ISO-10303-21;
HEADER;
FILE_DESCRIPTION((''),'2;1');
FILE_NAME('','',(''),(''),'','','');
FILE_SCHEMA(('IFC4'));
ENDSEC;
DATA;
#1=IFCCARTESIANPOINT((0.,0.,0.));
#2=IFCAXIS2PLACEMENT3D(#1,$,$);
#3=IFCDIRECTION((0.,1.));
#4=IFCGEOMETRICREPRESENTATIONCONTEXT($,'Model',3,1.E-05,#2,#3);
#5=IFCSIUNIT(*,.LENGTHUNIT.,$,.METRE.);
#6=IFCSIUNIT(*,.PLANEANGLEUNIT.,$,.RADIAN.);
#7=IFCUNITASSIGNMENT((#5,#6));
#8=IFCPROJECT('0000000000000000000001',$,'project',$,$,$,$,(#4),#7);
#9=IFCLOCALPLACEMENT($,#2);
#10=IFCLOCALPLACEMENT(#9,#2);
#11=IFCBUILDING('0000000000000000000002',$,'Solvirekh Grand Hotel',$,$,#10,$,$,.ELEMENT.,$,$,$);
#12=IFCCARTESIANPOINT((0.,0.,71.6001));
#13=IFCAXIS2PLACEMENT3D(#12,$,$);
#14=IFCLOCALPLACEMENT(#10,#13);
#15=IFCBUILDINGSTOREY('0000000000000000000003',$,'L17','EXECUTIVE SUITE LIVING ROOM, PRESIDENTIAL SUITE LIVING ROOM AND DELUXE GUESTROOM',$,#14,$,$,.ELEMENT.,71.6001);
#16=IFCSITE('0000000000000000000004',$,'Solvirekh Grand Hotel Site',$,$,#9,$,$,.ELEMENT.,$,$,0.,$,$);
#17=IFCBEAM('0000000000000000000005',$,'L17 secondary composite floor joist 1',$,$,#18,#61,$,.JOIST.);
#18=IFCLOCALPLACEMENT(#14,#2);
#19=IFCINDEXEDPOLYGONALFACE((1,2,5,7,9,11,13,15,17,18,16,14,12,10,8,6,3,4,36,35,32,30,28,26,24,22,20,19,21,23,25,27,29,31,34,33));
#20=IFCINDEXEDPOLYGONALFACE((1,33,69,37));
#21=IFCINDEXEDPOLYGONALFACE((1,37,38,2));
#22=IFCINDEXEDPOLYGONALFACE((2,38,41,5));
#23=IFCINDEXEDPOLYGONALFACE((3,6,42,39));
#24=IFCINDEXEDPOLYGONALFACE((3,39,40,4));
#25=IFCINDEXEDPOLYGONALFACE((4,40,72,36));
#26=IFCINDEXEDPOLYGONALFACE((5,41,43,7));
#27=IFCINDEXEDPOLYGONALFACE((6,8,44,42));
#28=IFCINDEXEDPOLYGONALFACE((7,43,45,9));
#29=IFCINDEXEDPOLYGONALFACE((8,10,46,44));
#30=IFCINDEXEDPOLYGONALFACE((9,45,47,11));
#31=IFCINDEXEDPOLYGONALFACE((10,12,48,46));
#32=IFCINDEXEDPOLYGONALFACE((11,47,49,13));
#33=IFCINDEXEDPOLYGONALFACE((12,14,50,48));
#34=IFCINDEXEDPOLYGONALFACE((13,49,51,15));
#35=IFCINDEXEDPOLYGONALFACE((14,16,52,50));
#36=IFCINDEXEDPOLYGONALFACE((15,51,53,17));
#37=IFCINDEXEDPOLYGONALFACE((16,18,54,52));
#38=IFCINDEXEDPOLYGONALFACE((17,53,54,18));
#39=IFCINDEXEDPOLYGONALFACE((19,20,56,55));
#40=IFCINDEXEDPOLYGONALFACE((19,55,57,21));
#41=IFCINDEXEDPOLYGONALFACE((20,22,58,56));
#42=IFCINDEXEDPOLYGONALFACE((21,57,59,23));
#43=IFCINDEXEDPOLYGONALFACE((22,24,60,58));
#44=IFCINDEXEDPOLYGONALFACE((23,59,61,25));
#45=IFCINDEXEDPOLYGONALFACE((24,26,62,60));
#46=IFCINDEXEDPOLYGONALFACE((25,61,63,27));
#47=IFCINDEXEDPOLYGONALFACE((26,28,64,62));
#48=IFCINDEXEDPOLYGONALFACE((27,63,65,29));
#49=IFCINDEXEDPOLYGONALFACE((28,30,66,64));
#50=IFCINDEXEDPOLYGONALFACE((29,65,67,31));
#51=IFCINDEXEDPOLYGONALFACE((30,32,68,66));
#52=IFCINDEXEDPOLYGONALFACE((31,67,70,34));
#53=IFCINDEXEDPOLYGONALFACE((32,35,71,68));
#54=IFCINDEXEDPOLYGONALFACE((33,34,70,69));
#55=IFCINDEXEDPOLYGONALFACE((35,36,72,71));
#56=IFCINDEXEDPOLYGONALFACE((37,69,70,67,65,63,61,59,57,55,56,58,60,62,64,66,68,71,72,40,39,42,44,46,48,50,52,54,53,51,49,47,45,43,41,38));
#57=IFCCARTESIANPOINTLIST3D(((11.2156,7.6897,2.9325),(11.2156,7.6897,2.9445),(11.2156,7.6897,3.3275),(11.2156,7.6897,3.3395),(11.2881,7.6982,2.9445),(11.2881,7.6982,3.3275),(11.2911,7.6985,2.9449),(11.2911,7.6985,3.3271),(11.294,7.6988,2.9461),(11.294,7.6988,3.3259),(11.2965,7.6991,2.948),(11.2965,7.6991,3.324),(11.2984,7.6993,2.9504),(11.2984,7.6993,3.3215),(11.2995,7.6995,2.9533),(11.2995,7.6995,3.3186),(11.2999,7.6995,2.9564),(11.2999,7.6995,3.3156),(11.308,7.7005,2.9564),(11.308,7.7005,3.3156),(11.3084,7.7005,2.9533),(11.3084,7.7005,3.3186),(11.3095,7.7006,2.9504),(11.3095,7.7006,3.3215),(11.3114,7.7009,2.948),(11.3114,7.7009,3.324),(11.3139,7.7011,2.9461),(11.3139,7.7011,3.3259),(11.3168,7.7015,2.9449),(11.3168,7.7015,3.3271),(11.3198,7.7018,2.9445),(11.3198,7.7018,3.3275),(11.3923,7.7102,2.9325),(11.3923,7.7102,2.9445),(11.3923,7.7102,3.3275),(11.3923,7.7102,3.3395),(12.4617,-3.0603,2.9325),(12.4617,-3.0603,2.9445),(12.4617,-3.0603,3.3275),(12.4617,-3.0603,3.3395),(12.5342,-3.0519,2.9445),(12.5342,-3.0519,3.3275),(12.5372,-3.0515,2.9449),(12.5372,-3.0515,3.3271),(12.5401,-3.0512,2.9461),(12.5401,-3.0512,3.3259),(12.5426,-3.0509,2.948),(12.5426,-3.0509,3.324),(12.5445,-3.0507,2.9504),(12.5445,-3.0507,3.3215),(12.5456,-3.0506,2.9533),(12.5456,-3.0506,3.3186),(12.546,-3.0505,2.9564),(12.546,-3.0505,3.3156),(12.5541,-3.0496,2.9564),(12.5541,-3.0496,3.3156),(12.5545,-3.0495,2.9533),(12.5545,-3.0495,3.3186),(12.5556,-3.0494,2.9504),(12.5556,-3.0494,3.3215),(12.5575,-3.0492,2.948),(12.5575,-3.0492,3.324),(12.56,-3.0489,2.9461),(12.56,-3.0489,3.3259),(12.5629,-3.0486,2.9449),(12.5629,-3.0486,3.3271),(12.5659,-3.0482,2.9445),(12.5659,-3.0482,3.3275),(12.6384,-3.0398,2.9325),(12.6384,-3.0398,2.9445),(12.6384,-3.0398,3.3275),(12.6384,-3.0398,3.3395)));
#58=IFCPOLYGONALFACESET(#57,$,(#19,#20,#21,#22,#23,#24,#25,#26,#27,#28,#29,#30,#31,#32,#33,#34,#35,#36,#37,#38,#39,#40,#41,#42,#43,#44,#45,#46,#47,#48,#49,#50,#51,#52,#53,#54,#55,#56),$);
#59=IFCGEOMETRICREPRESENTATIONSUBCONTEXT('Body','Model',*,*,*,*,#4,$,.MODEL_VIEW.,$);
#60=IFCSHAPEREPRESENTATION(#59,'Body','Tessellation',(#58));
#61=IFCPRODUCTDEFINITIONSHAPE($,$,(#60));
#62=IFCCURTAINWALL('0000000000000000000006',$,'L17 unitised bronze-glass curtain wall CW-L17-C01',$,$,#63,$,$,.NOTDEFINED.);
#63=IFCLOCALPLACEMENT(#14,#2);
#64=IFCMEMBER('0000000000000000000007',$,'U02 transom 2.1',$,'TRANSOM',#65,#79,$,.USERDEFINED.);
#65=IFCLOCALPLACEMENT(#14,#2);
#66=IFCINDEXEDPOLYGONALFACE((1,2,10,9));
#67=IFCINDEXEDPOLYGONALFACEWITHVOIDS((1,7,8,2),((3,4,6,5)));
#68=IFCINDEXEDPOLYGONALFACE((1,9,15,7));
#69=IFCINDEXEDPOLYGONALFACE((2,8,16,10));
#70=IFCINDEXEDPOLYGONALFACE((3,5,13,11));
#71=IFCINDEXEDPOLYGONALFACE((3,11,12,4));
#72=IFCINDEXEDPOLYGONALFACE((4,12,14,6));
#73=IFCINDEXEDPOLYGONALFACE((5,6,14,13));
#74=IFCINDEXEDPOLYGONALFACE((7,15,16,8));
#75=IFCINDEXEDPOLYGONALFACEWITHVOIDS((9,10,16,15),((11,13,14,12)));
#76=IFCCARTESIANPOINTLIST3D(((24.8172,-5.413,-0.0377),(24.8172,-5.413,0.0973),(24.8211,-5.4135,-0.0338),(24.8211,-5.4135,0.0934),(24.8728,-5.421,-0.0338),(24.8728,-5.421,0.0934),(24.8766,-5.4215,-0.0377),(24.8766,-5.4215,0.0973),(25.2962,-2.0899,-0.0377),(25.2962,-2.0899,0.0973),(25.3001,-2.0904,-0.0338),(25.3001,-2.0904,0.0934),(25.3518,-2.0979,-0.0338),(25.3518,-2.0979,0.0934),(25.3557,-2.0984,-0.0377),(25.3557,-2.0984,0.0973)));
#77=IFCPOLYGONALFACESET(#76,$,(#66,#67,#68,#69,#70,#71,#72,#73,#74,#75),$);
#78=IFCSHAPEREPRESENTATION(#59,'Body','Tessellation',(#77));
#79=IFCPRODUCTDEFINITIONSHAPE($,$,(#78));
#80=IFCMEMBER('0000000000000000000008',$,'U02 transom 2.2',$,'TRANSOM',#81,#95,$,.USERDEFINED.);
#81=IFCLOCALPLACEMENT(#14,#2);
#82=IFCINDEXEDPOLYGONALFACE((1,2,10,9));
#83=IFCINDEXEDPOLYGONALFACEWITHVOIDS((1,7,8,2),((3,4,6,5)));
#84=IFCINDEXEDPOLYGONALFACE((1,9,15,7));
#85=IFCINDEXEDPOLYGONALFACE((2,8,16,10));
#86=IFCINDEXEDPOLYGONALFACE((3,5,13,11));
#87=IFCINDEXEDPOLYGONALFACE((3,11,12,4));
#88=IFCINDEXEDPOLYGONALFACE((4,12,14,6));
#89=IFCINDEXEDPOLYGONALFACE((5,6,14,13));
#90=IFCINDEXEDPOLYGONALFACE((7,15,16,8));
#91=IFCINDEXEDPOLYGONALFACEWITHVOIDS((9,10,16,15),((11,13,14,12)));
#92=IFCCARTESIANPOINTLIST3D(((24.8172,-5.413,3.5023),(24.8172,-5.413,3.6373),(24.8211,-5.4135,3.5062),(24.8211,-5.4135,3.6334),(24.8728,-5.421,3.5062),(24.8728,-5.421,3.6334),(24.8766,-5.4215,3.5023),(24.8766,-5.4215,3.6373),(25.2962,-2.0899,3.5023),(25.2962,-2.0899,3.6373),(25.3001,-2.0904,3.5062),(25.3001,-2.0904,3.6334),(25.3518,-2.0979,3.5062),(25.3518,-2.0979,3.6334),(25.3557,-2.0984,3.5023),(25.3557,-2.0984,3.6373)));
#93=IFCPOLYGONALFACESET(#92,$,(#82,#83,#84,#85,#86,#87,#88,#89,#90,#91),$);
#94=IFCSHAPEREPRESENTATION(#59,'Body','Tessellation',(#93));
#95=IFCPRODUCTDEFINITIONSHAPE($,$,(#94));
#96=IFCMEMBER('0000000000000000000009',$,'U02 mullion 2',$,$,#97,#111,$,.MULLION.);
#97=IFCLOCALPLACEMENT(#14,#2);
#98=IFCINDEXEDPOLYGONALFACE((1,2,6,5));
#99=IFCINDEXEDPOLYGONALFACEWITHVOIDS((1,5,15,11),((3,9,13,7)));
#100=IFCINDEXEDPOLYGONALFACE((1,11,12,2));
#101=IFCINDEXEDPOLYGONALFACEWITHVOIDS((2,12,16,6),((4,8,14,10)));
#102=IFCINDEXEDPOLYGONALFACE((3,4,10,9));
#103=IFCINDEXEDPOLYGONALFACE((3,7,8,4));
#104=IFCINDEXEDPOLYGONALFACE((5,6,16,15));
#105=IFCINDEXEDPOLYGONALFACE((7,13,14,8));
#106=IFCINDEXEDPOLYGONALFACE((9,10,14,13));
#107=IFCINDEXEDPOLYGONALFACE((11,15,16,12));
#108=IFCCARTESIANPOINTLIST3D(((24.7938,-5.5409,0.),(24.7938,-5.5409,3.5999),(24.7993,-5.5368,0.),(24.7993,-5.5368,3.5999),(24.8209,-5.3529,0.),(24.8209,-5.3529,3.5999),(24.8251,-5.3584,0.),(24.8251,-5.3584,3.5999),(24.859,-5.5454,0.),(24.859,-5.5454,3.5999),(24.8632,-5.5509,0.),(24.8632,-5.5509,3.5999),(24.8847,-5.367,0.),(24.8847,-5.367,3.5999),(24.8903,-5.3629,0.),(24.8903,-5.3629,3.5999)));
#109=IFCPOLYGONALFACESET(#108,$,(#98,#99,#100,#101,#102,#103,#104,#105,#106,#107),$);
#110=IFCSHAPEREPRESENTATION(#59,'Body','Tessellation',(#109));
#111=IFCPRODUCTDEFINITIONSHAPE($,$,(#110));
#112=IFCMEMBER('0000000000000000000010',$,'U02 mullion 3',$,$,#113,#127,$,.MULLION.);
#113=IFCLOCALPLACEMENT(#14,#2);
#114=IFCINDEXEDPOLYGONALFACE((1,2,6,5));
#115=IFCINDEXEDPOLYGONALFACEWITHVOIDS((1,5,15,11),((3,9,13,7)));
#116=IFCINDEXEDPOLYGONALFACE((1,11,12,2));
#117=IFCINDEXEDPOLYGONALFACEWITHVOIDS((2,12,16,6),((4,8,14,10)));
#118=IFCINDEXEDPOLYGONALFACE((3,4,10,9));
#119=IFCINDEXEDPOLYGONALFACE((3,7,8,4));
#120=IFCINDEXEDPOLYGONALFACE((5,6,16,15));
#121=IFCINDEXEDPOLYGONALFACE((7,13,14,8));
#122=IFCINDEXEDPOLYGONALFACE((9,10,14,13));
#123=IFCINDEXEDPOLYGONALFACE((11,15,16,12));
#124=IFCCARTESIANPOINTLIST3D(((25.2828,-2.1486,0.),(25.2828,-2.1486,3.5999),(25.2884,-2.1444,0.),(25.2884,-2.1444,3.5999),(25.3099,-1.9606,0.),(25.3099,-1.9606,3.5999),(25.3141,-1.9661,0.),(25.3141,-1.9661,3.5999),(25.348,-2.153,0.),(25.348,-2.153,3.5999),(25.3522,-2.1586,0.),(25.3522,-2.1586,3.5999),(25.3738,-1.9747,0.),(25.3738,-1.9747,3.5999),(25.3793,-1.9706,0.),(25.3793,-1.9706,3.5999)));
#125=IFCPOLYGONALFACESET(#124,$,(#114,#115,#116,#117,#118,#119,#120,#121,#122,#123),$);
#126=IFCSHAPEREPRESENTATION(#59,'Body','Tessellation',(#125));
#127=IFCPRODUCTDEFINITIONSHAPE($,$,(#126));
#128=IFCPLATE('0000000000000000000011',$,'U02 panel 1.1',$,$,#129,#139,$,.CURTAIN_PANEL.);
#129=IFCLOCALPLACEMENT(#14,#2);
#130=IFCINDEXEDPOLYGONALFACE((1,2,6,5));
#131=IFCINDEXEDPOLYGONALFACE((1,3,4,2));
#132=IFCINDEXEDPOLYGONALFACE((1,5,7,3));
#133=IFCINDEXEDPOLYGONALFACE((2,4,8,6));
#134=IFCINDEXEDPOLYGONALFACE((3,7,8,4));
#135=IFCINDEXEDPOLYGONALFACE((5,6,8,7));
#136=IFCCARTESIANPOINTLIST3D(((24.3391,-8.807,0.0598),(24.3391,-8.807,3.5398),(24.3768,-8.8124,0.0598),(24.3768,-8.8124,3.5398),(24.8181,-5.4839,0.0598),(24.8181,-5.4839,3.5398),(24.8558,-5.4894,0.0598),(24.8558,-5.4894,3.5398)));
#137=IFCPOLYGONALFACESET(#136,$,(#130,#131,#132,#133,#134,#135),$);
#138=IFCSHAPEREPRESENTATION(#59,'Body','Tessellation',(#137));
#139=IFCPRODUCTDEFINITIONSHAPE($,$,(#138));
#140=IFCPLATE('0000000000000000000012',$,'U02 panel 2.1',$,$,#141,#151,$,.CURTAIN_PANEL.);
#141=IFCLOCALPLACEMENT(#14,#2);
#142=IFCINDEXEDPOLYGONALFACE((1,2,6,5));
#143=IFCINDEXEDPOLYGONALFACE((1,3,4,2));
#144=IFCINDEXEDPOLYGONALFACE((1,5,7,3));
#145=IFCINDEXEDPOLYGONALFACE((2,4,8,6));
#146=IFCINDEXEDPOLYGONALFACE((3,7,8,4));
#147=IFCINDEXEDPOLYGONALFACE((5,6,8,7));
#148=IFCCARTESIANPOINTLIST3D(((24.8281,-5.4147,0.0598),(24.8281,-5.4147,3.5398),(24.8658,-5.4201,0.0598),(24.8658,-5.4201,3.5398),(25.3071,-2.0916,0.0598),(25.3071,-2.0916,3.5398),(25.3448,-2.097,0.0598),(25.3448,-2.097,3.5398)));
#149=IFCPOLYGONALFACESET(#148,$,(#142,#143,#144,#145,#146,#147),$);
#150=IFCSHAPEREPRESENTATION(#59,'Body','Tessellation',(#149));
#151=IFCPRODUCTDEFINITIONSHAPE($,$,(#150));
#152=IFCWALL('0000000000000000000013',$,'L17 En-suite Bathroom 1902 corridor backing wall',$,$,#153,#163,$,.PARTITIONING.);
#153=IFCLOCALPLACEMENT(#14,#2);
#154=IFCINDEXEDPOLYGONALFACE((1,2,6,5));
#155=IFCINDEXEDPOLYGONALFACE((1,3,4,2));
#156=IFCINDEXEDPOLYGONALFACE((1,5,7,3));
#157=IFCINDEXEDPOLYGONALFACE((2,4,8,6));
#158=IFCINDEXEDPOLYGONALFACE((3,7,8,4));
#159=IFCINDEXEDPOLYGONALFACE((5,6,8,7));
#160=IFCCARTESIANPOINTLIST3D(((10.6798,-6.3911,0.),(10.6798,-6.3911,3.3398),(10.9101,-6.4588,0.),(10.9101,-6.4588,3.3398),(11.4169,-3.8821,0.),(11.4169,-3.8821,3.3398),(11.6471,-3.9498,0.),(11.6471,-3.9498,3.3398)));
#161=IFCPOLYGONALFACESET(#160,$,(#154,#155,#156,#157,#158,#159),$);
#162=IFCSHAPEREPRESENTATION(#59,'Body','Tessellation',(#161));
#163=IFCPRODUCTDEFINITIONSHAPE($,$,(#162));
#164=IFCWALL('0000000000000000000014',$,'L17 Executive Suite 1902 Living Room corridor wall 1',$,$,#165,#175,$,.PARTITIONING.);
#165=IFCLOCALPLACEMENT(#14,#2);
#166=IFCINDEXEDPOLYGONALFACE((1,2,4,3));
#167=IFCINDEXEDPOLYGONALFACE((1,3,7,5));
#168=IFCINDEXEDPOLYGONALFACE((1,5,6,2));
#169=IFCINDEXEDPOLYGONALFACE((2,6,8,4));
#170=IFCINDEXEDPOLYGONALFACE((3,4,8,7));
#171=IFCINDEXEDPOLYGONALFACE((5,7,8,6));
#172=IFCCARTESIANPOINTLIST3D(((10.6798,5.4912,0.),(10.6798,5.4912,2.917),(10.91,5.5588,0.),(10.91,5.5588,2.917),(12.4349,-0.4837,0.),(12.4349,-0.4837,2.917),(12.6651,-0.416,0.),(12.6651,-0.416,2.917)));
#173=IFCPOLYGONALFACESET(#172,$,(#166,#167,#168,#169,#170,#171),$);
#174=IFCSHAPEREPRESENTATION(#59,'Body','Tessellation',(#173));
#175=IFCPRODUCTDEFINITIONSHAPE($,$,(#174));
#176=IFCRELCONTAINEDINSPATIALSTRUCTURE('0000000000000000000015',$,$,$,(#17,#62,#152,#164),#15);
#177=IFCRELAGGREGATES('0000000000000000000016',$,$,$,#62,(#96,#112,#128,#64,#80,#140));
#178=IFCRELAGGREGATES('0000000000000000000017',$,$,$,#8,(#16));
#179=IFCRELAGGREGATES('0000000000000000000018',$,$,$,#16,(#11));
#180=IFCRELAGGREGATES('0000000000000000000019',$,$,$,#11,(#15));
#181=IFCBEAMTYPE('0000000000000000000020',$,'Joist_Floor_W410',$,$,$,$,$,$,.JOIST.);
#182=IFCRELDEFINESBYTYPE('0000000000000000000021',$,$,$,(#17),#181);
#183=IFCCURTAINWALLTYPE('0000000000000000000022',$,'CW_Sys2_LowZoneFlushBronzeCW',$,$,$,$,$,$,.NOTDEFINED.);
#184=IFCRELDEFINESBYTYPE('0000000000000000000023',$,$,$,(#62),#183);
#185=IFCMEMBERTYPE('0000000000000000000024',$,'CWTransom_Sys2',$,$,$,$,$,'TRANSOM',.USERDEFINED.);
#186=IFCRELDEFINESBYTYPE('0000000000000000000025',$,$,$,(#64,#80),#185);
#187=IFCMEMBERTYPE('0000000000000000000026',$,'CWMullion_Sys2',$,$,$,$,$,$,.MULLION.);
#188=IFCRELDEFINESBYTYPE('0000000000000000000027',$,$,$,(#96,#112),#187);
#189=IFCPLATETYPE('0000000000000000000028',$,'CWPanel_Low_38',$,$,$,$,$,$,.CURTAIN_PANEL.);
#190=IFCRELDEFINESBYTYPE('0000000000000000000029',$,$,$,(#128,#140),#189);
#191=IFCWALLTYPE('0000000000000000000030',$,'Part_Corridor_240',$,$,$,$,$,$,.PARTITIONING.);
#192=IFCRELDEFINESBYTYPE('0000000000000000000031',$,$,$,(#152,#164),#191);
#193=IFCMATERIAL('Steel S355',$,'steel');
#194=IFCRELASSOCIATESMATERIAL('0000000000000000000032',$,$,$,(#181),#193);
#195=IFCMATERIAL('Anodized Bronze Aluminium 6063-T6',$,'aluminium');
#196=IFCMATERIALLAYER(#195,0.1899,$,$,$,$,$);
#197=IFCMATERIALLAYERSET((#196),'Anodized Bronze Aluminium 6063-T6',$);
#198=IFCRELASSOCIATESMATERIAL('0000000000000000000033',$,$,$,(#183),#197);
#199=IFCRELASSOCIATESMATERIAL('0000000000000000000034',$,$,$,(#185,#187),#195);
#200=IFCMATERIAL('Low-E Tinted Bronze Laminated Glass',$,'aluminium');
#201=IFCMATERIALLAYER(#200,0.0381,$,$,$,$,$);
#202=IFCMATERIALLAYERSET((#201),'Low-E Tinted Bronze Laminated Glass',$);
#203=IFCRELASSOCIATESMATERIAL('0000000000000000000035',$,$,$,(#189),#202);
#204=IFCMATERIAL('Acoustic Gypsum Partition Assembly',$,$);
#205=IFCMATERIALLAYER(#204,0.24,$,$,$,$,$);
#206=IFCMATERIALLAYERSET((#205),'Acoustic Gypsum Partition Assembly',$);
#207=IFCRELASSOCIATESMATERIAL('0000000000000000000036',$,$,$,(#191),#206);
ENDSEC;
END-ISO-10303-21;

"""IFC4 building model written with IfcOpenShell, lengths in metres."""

from ifc_helpers import new_model, si_unit, direction, frame, frame_2d, origin, origin_2d, place, context, subcontext, project, spatial, rectangle, hollow_rectangle, i_section, extrude, source, transform, mapped, material, layer, layer_set, material_profile, profile_set, type_object, element, aggregate, save


model = new_model("IFC4")

# Units and contexts
model_context = context("Model", 3, precision=1e-05, world=origin(), true_north=direction((0.0, 1.0)))
body_context = subcontext(model_context, "Body", "Model", "MODEL_VIEW")
ifc_project = project(units=[si_unit("LENGTHUNIT", "METRE"), si_unit("PLANEANGLEUNIT", "RADIAN")], contexts=[model_context])

# Site, building, storey
site_placement = place(None, origin())
site = spatial("IfcSite", under=ifc_project, at=site_placement, Name="Solvirekh Grand Hotel Site", CompositionType="ELEMENT", RefElevation=0.0)
building_placement = place(site_placement, origin())
building = spatial("IfcBuilding", under=site, at=building_placement, Name="Solvirekh Grand Hotel", CompositionType="ELEMENT")
storey_placement = place(building_placement, frame((0.0, 0.0, 71.6001)))
storey = spatial("IfcBuildingStorey", under=building, at=storey_placement, Name="L17", Description="EXECUTIVE SUITE LIVING ROOM, PRESIDENTIAL SUITE LIVING ROOM AND DELUXE GUESTROOM", CompositionType="ELEMENT", Elevation=71.6001)

# Beam
ifc_material_1 = material(Name="Steel S355", Category="steel")
ifc_material_profile_1 = material_profile(ifc_material_1, i_section(OverallWidth=0.178, OverallDepth=0.407, WebThickness=0.0081, FlangeThickness=0.012, FilletRadius=0.012, at=origin_2d()), Name="W410X60")
ifc_profile_set_1 = profile_set([ifc_material_profile_1], Name="Steel S355")
beam_type = type_object("IfcBeamType", Name="Joist_Floor_W410", PredefinedType="JOIST", material=ifc_profile_set_1)
beam_placement = place(storey_placement, frame((12.55, -3.05, 3.136), z_axis=(-0.115145, 0.993349, 0.0), x_axis=(-0.993349, -0.115145, 0.0)))
element("IfcBeam", 1, at=beam_placement, inside=storey, type_object=beam_type, Name="L17 secondary composite floor joist 1", PredefinedType="JOIST", context=body_context, shape_type="SweptSolid", body=[
    extrude(i_section(OverallWidth=0.178, OverallDepth=0.407, WebThickness=0.0081, FlangeThickness=0.012, FilletRadius=0.012, at=origin_2d()), origin(), (0.0, 0.0, 1.0), 10.822),
])

# Curtain wall, members, plates
ifc_material_2 = material(Name="Anodized Bronze Aluminium 6063-T6", Category="aluminium")
ifc_layer_1 = layer(ifc_material_2, 0.1899)
ifc_layer_set_1 = layer_set([ifc_layer_1], Name="Anodized Bronze Aluminium 6063-T6")
curtain_wall_type = type_object("IfcCurtainWallType", Name="CW_Sys2_LowZoneFlushBronzeCW", PredefinedType="NOTDEFINED", material=ifc_layer_set_1)
curtain_wall_placement = place(storey_placement, origin())
curtain_wall = element("IfcCurtainWall", 2, at=curtain_wall_placement, inside=storey, type_object=curtain_wall_type, Name="L17 unitised bronze-glass curtain wall CW-L17-C01", PredefinedType="NOTDEFINED")
ifc_material_profile_2 = material_profile(ifc_material_2, hollow_rectangle(XDim=0.0601, YDim=0.135, WallThickness=0.0039, at=origin_2d()), Name="ALU RHS 135X60X4")
ifc_profile_set_2 = profile_set([ifc_material_profile_2], Name="Anodized Bronze Aluminium 6063-T6")
member_type_1 = type_object("IfcMemberType", Name="CWTransom_Sys2", ElementType="TRANSOM", PredefinedType="USERDEFINED", material=ifc_profile_set_2)
shared_shape_1 = source(origin(), body_context, "Body", "SweptSolid", [
    extrude(hollow_rectangle(XDim=0.0601, YDim=0.135, WallThickness=0.0039, at=origin_2d()), origin(), (0.0, 0.0, 1.0), 3.3574),
])
member_1_placement = place(storey_placement, frame((24.8469, -5.4172, 0.0298), z_axis=(0.142673, 0.98977, 0.0), x_axis=(-0.98977, 0.142673, 0.0)))
member_1 = element("IfcMember", 3, at=member_1_placement, type_object=member_type_1, Name="U02 transom 2.1", ObjectType="TRANSOM", PredefinedType="USERDEFINED", context=body_context, shape_type="MappedRepresentation", body=[
    mapped(shared_shape_1, transform((0.0, 0.0, 0.0), x_axis=(1.0, 0.0, 0.0), y_axis=(0.0, 1.0, 0.0), z_axis=(0.0, 0.0, 1.0), scale=1.0)),
])
member_2_placement = place(storey_placement, frame((24.8469, -5.4172, 3.5698), z_axis=(0.142673, 0.98977, 0.0), x_axis=(-0.98977, 0.142673, 0.0)))
member_2 = element("IfcMember", 4, at=member_2_placement, type_object=member_type_1, Name="U02 transom 2.2", ObjectType="TRANSOM", PredefinedType="USERDEFINED", context=body_context, shape_type="MappedRepresentation", body=[
    mapped(shared_shape_1, transform((0.0, 0.0, 0.0), x_axis=(1.0, 0.0, 0.0), y_axis=(0.0, 1.0, 0.0), z_axis=(0.0, 0.0, 1.0), scale=1.0)),
])
ifc_material_profile_3 = material_profile(ifc_material_2, hollow_rectangle(XDim=0.0701, YDim=0.1899, WallThickness=0.0049, at=origin_2d()), Name="ALU RHS 190X70X5")
ifc_profile_set_3 = profile_set([ifc_material_profile_3], Name="Anodized Bronze Aluminium 6063-T6")
member_type_2 = type_object("IfcMemberType", Name="CWMullion_Sys2", PredefinedType="MULLION", material=ifc_profile_set_3)
shared_shape_2 = source(origin(), body_context, "Body", "SweptSolid", [
    extrude(hollow_rectangle(XDim=0.0701, YDim=0.1899, WallThickness=0.0049, at=origin_2d()), origin(), (0.0, 0.0, 1.0), 3.5999),
])
member_3_placement = place(storey_placement, frame((24.842, -5.4519, 0.0), z_axis=(0.0, 0.0, 1.0), x_axis=(-0.98977, 0.142675, 0.0)))
member_3 = element("IfcMember", 5, at=member_3_placement, type_object=member_type_2, Name="U02 mullion 2", PredefinedType="MULLION", context=body_context, shape_type="MappedRepresentation", body=[
    mapped(shared_shape_2, transform((0.0, 0.0, 0.0), x_axis=(1.0, 0.0, 0.0), y_axis=(0.0, 1.0, 0.0), z_axis=(0.0, 0.0, 1.0), scale=1.0)),
])
member_4_placement = place(storey_placement, frame((25.3311, -2.0596, 0.0), z_axis=(0.0, 0.0, 1.0), x_axis=(-0.98977, 0.142675, 0.0)))
member_4 = element("IfcMember", 6, at=member_4_placement, type_object=member_type_2, Name="U02 mullion 3", PredefinedType="MULLION", context=body_context, shape_type="MappedRepresentation", body=[
    mapped(shared_shape_2, transform((0.0, 0.0, 0.0), x_axis=(1.0, 0.0, 0.0), y_axis=(0.0, 1.0, 0.0), z_axis=(0.0, 0.0, 1.0), scale=1.0)),
])
ifc_material_3 = material(Name="Low-E Tinted Bronze Laminated Glass", Category="aluminium")
ifc_layer_2 = layer(ifc_material_3, 0.0381)
ifc_layer_set_2 = layer_set([ifc_layer_2], Name="Low-E Tinted Bronze Laminated Glass")
plate_type = type_object("IfcPlateType", Name="CWPanel_Low_38", PredefinedType="CURTAIN_PANEL", material=ifc_layer_set_2)
shared_shape_3 = source(origin(), body_context, "Body", "SweptSolid", [
    extrude(rectangle(XDim=3.3574, YDim=0.0381, at=origin_2d()), origin(), (0.0, 0.0, 1.0), 3.48),
])
plate_1_placement = place(storey_placement, frame((24.5974, -7.1482, 0.0598), z_axis=(0.0, 0.0, 1.0), x_axis=(0.142675, 0.98977, 0.0)))
plate_1 = element("IfcPlate", 7, at=plate_1_placement, type_object=plate_type, Name="U02 panel 1.1", PredefinedType="CURTAIN_PANEL", context=body_context, shape_type="MappedRepresentation", body=[
    mapped(shared_shape_3, transform((0.0, 0.0, 0.0), x_axis=(1.0, 0.0, 0.0), y_axis=(0.0, 1.0, 0.0), z_axis=(0.0, 0.0, 1.0), scale=1.0)),
])
plate_2_placement = place(storey_placement, frame((25.0864, -3.7559, 0.0598), z_axis=(0.0, 0.0, 1.0), x_axis=(0.142675, 0.98977, 0.0)))
plate_2 = element("IfcPlate", 8, at=plate_2_placement, type_object=plate_type, Name="U02 panel 2.1", PredefinedType="CURTAIN_PANEL", context=body_context, shape_type="MappedRepresentation", body=[
    mapped(shared_shape_3, transform((0.0, 0.0, 0.0), x_axis=(1.0, 0.0, 0.0), y_axis=(0.0, 1.0, 0.0), z_axis=(0.0, 0.0, 1.0), scale=1.0)),
])
aggregate(curtain_wall, [member_3, member_4, plate_1, member_1, member_2, plate_2])

# Walls
ifc_material_4 = material(Name="Acoustic Gypsum Partition Assembly")
ifc_layer_3 = layer(ifc_material_4, 0.24)
ifc_layer_set_3 = layer_set([ifc_layer_3], Name="Acoustic Gypsum Partition Assembly")
wall_type_1 = type_object("IfcWallType", Name="Part_Corridor_240", PredefinedType="PARTITIONING", material=ifc_layer_set_3)
wall_1_placement = place(storey_placement, frame((10.7949, -6.425, 0.0), z_axis=(0.0, 0.0, 1.0), x_axis=(0.281853, 0.959458, 0.0)))
element("IfcWall", 9, at=wall_1_placement, inside=storey, type_object=wall_type_1, Name="L17 En-suite Bathroom 1902 corridor backing wall", PredefinedType="PARTITIONING", context=body_context, shape_type="SweptSolid", body=[
    extrude(rectangle(XDim=2.615, YDim=0.24, at=frame_2d((1.3076, 0.0))), origin(), (0.0, 0.0, 1.0), 3.3398),
])
wall_2_placement = place(storey_placement, frame((12.55, -0.45, 0.0), z_axis=(0.0, 0.0, 1.0), x_axis=(-0.281844, 0.95946, 0.0)))
element("IfcWall", 10, at=wall_2_placement, inside=storey, type_object=wall_type_1, Name="L17 Executive Suite 1902 Living Room corridor wall 1", PredefinedType="PARTITIONING", context=body_context, shape_type="SweptSolid", body=[
    extrude(rectangle(XDim=6.2273, YDim=0.24, at=frame_2d((3.1138, 0.0))), origin(), (0.0, 0.0, 1.0), 2.917),
])

save(model, "model.ifc")
